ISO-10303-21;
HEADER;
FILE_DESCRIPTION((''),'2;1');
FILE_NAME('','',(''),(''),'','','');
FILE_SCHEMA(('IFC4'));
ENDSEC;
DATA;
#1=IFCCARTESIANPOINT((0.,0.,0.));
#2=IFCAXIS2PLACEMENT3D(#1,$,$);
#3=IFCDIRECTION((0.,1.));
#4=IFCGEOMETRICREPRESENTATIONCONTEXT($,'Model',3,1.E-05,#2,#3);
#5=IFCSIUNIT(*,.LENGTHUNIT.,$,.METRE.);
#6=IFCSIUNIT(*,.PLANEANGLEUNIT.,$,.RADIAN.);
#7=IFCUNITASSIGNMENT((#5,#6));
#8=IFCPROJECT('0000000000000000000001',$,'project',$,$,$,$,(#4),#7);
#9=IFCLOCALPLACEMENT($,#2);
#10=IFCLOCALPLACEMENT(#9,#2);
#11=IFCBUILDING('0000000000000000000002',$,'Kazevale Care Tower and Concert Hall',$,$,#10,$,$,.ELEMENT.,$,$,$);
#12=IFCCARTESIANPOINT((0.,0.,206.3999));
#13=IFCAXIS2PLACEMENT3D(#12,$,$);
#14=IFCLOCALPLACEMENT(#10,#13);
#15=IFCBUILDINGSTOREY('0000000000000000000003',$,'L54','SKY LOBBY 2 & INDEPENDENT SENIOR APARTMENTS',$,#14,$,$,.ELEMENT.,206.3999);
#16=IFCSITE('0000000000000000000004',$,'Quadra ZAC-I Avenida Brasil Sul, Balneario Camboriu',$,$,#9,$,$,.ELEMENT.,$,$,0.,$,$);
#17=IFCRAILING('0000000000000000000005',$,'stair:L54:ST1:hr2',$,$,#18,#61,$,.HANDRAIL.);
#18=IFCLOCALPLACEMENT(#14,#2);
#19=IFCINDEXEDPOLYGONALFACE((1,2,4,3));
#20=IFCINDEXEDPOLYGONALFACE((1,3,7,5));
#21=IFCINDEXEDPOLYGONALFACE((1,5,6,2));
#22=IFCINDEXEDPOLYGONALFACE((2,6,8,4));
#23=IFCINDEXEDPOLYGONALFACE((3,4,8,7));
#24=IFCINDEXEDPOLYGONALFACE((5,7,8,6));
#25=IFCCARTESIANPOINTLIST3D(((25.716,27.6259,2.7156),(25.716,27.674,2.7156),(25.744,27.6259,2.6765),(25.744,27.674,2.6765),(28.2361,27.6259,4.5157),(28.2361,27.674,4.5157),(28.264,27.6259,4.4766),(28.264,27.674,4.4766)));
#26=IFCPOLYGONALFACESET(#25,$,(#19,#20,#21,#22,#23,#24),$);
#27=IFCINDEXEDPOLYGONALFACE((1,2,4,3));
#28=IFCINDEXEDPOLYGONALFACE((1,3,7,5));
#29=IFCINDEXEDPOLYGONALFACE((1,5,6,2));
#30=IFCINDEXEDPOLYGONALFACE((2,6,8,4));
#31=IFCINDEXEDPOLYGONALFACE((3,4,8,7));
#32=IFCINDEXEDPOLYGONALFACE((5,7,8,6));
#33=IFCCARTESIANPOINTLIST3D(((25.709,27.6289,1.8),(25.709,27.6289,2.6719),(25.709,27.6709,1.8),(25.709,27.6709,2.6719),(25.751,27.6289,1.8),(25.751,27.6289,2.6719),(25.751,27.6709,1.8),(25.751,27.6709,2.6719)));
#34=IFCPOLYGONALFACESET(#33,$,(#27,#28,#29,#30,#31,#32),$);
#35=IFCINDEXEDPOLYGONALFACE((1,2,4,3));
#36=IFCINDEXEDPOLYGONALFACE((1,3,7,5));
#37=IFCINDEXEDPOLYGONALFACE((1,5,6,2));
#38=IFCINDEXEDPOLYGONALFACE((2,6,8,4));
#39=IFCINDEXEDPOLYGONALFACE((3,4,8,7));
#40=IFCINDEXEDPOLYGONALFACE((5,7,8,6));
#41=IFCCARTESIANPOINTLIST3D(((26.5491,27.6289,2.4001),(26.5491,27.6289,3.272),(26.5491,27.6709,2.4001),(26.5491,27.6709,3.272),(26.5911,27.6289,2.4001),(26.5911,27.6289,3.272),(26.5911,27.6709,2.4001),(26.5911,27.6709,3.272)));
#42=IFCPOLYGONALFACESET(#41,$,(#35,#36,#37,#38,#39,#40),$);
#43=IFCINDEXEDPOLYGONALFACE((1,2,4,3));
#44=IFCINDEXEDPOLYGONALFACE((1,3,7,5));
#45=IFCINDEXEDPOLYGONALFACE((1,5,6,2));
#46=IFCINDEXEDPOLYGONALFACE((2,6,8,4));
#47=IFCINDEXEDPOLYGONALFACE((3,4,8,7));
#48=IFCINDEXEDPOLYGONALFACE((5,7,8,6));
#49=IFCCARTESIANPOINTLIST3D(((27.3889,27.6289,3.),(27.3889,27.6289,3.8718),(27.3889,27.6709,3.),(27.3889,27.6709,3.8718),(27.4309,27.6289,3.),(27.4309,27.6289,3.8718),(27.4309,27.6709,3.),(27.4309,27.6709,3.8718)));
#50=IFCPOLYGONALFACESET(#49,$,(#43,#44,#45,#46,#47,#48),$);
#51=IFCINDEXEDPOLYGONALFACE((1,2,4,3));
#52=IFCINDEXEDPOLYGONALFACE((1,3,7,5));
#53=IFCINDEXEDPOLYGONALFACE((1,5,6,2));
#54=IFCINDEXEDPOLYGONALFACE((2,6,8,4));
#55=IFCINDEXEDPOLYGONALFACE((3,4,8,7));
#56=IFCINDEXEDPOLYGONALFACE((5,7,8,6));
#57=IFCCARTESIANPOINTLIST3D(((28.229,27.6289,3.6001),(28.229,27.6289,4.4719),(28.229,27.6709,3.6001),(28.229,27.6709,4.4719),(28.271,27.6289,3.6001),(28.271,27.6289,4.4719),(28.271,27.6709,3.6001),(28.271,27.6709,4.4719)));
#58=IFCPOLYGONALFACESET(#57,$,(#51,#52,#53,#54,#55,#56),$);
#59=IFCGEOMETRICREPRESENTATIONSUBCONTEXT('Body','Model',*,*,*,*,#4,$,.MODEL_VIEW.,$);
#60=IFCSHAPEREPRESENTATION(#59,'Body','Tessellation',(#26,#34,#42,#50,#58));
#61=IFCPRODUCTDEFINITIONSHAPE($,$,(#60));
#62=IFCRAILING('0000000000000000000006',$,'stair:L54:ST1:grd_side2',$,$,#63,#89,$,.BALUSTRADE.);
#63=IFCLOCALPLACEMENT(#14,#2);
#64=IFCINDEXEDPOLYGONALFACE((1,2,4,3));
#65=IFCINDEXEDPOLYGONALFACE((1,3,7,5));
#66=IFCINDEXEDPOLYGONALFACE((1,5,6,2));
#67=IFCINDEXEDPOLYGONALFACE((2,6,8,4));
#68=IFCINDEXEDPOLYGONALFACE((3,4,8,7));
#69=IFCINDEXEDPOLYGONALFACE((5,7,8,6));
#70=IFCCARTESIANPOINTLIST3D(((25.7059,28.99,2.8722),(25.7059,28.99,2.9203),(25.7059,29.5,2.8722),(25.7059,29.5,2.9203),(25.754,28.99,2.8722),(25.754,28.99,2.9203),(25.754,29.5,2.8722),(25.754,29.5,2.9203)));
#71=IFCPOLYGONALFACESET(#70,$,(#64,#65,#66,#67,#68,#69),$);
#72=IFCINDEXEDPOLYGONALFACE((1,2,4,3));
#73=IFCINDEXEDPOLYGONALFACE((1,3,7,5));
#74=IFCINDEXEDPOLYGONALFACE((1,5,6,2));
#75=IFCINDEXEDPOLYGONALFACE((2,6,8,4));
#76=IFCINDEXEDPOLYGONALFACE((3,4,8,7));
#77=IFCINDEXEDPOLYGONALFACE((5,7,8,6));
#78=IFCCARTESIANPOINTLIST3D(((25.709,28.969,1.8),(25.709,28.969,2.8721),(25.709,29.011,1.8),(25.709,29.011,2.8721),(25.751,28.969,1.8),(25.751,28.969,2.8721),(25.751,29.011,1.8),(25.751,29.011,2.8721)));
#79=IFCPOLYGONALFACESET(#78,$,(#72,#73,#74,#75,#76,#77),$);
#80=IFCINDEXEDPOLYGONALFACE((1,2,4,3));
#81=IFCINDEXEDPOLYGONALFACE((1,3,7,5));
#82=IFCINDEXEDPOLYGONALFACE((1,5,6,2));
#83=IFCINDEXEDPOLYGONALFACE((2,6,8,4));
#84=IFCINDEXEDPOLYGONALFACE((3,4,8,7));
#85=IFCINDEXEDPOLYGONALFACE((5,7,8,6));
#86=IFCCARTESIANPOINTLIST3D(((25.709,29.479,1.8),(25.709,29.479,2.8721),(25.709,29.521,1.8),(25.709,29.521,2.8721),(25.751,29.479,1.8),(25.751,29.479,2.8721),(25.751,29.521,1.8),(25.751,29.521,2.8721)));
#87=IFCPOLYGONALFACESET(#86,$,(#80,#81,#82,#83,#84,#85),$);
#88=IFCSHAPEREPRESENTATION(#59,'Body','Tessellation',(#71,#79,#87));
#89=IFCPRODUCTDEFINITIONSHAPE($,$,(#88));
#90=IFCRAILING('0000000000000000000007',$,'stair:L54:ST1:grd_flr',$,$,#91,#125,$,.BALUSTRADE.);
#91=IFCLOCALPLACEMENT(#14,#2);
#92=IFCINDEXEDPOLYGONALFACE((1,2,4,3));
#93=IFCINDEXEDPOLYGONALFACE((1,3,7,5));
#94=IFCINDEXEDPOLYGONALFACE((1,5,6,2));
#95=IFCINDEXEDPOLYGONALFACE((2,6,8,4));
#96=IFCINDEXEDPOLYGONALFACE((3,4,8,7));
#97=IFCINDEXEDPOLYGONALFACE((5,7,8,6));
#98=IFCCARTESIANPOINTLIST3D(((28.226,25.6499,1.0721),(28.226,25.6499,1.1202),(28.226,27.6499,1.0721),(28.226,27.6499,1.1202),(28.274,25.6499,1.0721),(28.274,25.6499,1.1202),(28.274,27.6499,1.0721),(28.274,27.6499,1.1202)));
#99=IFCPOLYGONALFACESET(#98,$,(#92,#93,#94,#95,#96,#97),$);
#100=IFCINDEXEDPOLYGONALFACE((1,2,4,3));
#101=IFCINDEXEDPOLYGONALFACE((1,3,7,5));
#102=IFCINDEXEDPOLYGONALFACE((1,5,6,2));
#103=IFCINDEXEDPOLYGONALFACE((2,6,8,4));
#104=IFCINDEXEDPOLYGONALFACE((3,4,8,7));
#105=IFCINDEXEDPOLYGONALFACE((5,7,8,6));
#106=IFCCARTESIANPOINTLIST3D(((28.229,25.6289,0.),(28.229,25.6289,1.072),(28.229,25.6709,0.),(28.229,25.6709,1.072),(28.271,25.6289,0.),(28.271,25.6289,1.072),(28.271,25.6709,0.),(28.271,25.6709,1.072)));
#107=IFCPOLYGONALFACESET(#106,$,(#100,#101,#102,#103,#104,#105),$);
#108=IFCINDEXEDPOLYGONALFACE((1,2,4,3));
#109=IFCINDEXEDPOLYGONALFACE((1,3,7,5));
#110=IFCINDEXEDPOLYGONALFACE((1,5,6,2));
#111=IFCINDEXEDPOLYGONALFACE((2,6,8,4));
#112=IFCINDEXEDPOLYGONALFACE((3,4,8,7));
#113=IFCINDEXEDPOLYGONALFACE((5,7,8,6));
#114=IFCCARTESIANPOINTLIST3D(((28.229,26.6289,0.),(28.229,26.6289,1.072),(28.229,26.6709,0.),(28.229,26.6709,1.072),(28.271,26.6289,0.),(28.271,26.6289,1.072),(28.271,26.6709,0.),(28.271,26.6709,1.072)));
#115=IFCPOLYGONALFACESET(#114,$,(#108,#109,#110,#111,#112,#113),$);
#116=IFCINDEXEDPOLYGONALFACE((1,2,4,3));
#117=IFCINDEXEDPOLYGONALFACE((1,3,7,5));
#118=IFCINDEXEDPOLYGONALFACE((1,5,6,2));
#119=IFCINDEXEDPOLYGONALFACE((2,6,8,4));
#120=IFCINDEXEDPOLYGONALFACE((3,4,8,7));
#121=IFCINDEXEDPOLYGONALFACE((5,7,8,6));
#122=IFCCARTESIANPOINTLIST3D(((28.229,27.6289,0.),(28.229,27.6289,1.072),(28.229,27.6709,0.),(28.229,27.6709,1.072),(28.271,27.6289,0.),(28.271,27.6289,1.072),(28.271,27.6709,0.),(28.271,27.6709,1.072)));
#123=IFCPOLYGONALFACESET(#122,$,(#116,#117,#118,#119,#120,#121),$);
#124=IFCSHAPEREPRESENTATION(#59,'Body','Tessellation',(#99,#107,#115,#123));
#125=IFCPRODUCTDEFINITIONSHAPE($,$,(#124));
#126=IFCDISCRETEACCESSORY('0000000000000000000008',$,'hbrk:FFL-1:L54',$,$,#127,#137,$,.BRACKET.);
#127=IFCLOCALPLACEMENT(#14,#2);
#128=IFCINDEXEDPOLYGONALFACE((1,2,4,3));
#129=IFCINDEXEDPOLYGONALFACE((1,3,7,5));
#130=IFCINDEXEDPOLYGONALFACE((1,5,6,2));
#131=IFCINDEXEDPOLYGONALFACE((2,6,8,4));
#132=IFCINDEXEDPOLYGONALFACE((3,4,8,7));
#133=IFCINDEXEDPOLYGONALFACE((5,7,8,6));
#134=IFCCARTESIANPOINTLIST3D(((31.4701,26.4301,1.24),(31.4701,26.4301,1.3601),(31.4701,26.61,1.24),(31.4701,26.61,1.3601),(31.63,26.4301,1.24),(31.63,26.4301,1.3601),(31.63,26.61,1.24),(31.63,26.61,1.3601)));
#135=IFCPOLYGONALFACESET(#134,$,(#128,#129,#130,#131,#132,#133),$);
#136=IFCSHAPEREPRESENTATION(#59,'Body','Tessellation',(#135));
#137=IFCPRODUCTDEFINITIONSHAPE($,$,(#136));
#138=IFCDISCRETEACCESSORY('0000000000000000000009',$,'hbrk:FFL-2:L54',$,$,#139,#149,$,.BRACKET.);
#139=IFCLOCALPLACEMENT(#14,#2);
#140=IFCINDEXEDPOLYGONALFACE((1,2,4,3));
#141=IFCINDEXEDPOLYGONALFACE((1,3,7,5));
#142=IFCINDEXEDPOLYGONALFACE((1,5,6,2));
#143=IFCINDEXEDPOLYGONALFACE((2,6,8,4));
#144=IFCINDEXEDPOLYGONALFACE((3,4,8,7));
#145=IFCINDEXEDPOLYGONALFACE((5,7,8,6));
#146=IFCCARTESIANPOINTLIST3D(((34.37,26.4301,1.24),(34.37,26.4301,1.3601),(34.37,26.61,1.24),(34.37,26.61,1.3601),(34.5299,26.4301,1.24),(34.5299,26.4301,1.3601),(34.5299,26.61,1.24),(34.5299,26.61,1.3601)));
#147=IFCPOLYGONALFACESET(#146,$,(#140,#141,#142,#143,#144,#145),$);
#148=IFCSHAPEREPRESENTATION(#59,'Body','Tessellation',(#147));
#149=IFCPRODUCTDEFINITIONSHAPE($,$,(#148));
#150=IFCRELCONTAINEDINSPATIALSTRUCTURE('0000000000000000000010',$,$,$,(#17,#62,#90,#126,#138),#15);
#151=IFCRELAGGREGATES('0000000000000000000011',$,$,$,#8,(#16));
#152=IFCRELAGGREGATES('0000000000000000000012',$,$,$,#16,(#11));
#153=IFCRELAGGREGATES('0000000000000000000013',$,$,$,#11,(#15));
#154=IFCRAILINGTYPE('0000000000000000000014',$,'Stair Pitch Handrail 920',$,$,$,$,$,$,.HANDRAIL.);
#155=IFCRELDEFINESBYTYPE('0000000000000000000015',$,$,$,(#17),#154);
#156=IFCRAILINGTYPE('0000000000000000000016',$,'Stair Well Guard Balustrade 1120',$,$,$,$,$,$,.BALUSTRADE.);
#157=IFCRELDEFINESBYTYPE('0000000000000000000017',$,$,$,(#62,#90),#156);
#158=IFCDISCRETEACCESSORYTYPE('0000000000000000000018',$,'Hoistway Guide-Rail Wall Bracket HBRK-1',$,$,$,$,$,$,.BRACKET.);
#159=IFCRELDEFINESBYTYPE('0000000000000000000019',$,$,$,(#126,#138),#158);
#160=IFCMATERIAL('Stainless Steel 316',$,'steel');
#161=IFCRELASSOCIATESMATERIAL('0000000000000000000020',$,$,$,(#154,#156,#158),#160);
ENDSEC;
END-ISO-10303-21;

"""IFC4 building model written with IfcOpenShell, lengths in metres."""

from ifc_helpers import new_model, si_unit, direction, frame, origin, origin_2d, place, context, subcontext, project, spatial, rectangle, extrude, material, type_object, element, save


model = new_model("IFC4")

# Units and contexts
model_context = context("Model", 3, precision=1e-05, world=origin(), true_north=direction((0.0, 1.0)))
body_context = subcontext(model_context, "Body", "Model", "MODEL_VIEW")
ifc_project = project(units=[si_unit("LENGTHUNIT", "METRE"), si_unit("PLANEANGLEUNIT", "RADIAN")], contexts=[model_context])

# Site, building, storey
site_placement = place(None, origin())
site = spatial("IfcSite", under=ifc_project, at=site_placement, Name="Quadra ZAC-I Avenida Brasil Sul, Balneario Camboriu", CompositionType="ELEMENT", RefElevation=0.0)
building_placement = place(site_placement, origin())
building = spatial("IfcBuilding", under=site, at=building_placement, Name="Kazevale Care Tower and Concert Hall", CompositionType="ELEMENT")
storey_placement = place(building_placement, frame((0.0, 0.0, 206.3999)))
storey = spatial("IfcBuildingStorey", under=building, at=storey_placement, Name="L54", Description="SKY LOBBY 2 & INDEPENDENT SENIOR APARTMENTS", CompositionType="ELEMENT", Elevation=206.3999)

# Shared definitions
ifc_material_1 = material(Name="Stainless Steel 316", Category="steel")

# Railings
railing_type_1 = type_object("IfcRailingType", Name="Stair Pitch Handrail 920", PredefinedType="HANDRAIL", material=ifc_material_1)
railing_1_placement = place(storey_placement, frame((25.73, 27.6499, 1.8)))
element("IfcRailing", 1, at=railing_1_placement, inside=storey, type_object=railing_type_1, Name="stair:L54:ST1:hr2", PredefinedType="HANDRAIL", context=body_context, shape_type="SweptSolid", body=[
    extrude(rectangle(XDim=0.0481, YDim=0.0481, at=origin_2d()), frame((0.0, 0.0, 0.896), z_axis=(0.813728, 0.0, 0.581246), x_axis=(0.0, 1.0, 0.0)), (0.0, 0.0, 1.0), 3.0969),
    extrude(rectangle(XDim=0.042, YDim=0.042, at=origin_2d()), origin(), (0.0, 0.0, 1.0), 0.8718),
    extrude(rectangle(XDim=0.042, YDim=0.042, at=origin_2d()), frame((0.8401, 0.0, 0.6001)), (0.0, 0.0, 1.0), 0.8718),
    extrude(rectangle(XDim=0.042, YDim=0.042, at=origin_2d()), frame((1.6799, 0.0, 1.2)), (0.0, 0.0, 1.0), 0.8718),
    extrude(rectangle(XDim=0.042, YDim=0.042, at=origin_2d()), frame((2.52, 0.0, 1.8)), (0.0, 0.0, 1.0), 0.8718),
])
railing_type_2 = type_object("IfcRailingType", Name="Stair Well Guard Balustrade 1120", PredefinedType="BALUSTRADE", material=ifc_material_1)
railing_2_placement = place(storey_placement, frame((25.73, 28.99, 1.8)))
element("IfcRailing", 2, at=railing_2_placement, inside=storey, type_object=railing_type_2, Name="stair:L54:ST1:grd_side2", PredefinedType="BALUSTRADE", context=body_context, shape_type="SweptSolid", body=[
    extrude(rectangle(XDim=0.0481, YDim=0.0481, at=origin_2d()), frame((0.0, 0.0, 1.0962), z_axis=(0.0, 1.0, 0.0), x_axis=(-1.0, 0.0, 0.0)), (0.0, 0.0, 1.0), 0.51),
    extrude(rectangle(XDim=0.042, YDim=0.042, at=origin_2d()), origin(), (0.0, 0.0, 1.0), 1.072),
    extrude(rectangle(XDim=0.042, YDim=0.042, at=origin_2d()), frame((0.0, 0.51, 0.0)), (0.0, 0.0, 1.0), 1.072),
])
railing_3_placement = place(storey_placement, frame((28.25, 25.6499, 0.0)))
element("IfcRailing", 3, at=railing_3_placement, inside=storey, type_object=railing_type_2, Name="stair:L54:ST1:grd_flr", PredefinedType="BALUSTRADE", context=body_context, shape_type="SweptSolid", body=[
    extrude(rectangle(XDim=0.0481, YDim=0.0481, at=origin_2d()), frame((0.0, 0.0, 1.0962), z_axis=(0.0, 1.0, 0.0), x_axis=(-1.0, 0.0, 0.0)), (0.0, 0.0, 1.0), 2.0),
    extrude(rectangle(XDim=0.042, YDim=0.042, at=origin_2d()), origin(), (0.0, 0.0, 1.0), 1.072),
    extrude(rectangle(XDim=0.042, YDim=0.042, at=origin_2d()), frame((0.0, 1.0, 0.0)), (0.0, 0.0, 1.0), 1.072),
    extrude(rectangle(XDim=0.042, YDim=0.042, at=origin_2d()), frame((0.0, 2.0, 0.0)), (0.0, 0.0, 1.0), 1.072),
])

# Discrete accessories
discrete_accessory_type = type_object("IfcDiscreteAccessoryType", Name="Hoistway Guide-Rail Wall Bracket HBRK-1", PredefinedType="BRACKET", material=ifc_material_1)
for number, where, z_axis, x_axis, name in (
    (4, (31.55, 26.52, 1.24), (0.0, 0.0, 1.0), (1.0, 0.0, 0.0), "hbrk:FFL-1:L54"),
    (5, (34.45, 26.52, 1.24), (0.0, 0.0, 1.0), (1.0, 0.0, 0.0), "hbrk:FFL-2:L54"),
):
    element("IfcDiscreteAccessory", number, at=place(storey_placement, frame(where, z_axis=z_axis, x_axis=x_axis)), inside=storey, type_object=discrete_accessory_type, Name=name, PredefinedType="BRACKET", context=body_context, shape_type="SweptSolid", body=[
        extrude(rectangle(XDim=0.1599, YDim=0.1799, at=origin_2d()), origin(), (0.0, 0.0, 1.0), 0.1201),
    ])

save(model, "model.ifc")
